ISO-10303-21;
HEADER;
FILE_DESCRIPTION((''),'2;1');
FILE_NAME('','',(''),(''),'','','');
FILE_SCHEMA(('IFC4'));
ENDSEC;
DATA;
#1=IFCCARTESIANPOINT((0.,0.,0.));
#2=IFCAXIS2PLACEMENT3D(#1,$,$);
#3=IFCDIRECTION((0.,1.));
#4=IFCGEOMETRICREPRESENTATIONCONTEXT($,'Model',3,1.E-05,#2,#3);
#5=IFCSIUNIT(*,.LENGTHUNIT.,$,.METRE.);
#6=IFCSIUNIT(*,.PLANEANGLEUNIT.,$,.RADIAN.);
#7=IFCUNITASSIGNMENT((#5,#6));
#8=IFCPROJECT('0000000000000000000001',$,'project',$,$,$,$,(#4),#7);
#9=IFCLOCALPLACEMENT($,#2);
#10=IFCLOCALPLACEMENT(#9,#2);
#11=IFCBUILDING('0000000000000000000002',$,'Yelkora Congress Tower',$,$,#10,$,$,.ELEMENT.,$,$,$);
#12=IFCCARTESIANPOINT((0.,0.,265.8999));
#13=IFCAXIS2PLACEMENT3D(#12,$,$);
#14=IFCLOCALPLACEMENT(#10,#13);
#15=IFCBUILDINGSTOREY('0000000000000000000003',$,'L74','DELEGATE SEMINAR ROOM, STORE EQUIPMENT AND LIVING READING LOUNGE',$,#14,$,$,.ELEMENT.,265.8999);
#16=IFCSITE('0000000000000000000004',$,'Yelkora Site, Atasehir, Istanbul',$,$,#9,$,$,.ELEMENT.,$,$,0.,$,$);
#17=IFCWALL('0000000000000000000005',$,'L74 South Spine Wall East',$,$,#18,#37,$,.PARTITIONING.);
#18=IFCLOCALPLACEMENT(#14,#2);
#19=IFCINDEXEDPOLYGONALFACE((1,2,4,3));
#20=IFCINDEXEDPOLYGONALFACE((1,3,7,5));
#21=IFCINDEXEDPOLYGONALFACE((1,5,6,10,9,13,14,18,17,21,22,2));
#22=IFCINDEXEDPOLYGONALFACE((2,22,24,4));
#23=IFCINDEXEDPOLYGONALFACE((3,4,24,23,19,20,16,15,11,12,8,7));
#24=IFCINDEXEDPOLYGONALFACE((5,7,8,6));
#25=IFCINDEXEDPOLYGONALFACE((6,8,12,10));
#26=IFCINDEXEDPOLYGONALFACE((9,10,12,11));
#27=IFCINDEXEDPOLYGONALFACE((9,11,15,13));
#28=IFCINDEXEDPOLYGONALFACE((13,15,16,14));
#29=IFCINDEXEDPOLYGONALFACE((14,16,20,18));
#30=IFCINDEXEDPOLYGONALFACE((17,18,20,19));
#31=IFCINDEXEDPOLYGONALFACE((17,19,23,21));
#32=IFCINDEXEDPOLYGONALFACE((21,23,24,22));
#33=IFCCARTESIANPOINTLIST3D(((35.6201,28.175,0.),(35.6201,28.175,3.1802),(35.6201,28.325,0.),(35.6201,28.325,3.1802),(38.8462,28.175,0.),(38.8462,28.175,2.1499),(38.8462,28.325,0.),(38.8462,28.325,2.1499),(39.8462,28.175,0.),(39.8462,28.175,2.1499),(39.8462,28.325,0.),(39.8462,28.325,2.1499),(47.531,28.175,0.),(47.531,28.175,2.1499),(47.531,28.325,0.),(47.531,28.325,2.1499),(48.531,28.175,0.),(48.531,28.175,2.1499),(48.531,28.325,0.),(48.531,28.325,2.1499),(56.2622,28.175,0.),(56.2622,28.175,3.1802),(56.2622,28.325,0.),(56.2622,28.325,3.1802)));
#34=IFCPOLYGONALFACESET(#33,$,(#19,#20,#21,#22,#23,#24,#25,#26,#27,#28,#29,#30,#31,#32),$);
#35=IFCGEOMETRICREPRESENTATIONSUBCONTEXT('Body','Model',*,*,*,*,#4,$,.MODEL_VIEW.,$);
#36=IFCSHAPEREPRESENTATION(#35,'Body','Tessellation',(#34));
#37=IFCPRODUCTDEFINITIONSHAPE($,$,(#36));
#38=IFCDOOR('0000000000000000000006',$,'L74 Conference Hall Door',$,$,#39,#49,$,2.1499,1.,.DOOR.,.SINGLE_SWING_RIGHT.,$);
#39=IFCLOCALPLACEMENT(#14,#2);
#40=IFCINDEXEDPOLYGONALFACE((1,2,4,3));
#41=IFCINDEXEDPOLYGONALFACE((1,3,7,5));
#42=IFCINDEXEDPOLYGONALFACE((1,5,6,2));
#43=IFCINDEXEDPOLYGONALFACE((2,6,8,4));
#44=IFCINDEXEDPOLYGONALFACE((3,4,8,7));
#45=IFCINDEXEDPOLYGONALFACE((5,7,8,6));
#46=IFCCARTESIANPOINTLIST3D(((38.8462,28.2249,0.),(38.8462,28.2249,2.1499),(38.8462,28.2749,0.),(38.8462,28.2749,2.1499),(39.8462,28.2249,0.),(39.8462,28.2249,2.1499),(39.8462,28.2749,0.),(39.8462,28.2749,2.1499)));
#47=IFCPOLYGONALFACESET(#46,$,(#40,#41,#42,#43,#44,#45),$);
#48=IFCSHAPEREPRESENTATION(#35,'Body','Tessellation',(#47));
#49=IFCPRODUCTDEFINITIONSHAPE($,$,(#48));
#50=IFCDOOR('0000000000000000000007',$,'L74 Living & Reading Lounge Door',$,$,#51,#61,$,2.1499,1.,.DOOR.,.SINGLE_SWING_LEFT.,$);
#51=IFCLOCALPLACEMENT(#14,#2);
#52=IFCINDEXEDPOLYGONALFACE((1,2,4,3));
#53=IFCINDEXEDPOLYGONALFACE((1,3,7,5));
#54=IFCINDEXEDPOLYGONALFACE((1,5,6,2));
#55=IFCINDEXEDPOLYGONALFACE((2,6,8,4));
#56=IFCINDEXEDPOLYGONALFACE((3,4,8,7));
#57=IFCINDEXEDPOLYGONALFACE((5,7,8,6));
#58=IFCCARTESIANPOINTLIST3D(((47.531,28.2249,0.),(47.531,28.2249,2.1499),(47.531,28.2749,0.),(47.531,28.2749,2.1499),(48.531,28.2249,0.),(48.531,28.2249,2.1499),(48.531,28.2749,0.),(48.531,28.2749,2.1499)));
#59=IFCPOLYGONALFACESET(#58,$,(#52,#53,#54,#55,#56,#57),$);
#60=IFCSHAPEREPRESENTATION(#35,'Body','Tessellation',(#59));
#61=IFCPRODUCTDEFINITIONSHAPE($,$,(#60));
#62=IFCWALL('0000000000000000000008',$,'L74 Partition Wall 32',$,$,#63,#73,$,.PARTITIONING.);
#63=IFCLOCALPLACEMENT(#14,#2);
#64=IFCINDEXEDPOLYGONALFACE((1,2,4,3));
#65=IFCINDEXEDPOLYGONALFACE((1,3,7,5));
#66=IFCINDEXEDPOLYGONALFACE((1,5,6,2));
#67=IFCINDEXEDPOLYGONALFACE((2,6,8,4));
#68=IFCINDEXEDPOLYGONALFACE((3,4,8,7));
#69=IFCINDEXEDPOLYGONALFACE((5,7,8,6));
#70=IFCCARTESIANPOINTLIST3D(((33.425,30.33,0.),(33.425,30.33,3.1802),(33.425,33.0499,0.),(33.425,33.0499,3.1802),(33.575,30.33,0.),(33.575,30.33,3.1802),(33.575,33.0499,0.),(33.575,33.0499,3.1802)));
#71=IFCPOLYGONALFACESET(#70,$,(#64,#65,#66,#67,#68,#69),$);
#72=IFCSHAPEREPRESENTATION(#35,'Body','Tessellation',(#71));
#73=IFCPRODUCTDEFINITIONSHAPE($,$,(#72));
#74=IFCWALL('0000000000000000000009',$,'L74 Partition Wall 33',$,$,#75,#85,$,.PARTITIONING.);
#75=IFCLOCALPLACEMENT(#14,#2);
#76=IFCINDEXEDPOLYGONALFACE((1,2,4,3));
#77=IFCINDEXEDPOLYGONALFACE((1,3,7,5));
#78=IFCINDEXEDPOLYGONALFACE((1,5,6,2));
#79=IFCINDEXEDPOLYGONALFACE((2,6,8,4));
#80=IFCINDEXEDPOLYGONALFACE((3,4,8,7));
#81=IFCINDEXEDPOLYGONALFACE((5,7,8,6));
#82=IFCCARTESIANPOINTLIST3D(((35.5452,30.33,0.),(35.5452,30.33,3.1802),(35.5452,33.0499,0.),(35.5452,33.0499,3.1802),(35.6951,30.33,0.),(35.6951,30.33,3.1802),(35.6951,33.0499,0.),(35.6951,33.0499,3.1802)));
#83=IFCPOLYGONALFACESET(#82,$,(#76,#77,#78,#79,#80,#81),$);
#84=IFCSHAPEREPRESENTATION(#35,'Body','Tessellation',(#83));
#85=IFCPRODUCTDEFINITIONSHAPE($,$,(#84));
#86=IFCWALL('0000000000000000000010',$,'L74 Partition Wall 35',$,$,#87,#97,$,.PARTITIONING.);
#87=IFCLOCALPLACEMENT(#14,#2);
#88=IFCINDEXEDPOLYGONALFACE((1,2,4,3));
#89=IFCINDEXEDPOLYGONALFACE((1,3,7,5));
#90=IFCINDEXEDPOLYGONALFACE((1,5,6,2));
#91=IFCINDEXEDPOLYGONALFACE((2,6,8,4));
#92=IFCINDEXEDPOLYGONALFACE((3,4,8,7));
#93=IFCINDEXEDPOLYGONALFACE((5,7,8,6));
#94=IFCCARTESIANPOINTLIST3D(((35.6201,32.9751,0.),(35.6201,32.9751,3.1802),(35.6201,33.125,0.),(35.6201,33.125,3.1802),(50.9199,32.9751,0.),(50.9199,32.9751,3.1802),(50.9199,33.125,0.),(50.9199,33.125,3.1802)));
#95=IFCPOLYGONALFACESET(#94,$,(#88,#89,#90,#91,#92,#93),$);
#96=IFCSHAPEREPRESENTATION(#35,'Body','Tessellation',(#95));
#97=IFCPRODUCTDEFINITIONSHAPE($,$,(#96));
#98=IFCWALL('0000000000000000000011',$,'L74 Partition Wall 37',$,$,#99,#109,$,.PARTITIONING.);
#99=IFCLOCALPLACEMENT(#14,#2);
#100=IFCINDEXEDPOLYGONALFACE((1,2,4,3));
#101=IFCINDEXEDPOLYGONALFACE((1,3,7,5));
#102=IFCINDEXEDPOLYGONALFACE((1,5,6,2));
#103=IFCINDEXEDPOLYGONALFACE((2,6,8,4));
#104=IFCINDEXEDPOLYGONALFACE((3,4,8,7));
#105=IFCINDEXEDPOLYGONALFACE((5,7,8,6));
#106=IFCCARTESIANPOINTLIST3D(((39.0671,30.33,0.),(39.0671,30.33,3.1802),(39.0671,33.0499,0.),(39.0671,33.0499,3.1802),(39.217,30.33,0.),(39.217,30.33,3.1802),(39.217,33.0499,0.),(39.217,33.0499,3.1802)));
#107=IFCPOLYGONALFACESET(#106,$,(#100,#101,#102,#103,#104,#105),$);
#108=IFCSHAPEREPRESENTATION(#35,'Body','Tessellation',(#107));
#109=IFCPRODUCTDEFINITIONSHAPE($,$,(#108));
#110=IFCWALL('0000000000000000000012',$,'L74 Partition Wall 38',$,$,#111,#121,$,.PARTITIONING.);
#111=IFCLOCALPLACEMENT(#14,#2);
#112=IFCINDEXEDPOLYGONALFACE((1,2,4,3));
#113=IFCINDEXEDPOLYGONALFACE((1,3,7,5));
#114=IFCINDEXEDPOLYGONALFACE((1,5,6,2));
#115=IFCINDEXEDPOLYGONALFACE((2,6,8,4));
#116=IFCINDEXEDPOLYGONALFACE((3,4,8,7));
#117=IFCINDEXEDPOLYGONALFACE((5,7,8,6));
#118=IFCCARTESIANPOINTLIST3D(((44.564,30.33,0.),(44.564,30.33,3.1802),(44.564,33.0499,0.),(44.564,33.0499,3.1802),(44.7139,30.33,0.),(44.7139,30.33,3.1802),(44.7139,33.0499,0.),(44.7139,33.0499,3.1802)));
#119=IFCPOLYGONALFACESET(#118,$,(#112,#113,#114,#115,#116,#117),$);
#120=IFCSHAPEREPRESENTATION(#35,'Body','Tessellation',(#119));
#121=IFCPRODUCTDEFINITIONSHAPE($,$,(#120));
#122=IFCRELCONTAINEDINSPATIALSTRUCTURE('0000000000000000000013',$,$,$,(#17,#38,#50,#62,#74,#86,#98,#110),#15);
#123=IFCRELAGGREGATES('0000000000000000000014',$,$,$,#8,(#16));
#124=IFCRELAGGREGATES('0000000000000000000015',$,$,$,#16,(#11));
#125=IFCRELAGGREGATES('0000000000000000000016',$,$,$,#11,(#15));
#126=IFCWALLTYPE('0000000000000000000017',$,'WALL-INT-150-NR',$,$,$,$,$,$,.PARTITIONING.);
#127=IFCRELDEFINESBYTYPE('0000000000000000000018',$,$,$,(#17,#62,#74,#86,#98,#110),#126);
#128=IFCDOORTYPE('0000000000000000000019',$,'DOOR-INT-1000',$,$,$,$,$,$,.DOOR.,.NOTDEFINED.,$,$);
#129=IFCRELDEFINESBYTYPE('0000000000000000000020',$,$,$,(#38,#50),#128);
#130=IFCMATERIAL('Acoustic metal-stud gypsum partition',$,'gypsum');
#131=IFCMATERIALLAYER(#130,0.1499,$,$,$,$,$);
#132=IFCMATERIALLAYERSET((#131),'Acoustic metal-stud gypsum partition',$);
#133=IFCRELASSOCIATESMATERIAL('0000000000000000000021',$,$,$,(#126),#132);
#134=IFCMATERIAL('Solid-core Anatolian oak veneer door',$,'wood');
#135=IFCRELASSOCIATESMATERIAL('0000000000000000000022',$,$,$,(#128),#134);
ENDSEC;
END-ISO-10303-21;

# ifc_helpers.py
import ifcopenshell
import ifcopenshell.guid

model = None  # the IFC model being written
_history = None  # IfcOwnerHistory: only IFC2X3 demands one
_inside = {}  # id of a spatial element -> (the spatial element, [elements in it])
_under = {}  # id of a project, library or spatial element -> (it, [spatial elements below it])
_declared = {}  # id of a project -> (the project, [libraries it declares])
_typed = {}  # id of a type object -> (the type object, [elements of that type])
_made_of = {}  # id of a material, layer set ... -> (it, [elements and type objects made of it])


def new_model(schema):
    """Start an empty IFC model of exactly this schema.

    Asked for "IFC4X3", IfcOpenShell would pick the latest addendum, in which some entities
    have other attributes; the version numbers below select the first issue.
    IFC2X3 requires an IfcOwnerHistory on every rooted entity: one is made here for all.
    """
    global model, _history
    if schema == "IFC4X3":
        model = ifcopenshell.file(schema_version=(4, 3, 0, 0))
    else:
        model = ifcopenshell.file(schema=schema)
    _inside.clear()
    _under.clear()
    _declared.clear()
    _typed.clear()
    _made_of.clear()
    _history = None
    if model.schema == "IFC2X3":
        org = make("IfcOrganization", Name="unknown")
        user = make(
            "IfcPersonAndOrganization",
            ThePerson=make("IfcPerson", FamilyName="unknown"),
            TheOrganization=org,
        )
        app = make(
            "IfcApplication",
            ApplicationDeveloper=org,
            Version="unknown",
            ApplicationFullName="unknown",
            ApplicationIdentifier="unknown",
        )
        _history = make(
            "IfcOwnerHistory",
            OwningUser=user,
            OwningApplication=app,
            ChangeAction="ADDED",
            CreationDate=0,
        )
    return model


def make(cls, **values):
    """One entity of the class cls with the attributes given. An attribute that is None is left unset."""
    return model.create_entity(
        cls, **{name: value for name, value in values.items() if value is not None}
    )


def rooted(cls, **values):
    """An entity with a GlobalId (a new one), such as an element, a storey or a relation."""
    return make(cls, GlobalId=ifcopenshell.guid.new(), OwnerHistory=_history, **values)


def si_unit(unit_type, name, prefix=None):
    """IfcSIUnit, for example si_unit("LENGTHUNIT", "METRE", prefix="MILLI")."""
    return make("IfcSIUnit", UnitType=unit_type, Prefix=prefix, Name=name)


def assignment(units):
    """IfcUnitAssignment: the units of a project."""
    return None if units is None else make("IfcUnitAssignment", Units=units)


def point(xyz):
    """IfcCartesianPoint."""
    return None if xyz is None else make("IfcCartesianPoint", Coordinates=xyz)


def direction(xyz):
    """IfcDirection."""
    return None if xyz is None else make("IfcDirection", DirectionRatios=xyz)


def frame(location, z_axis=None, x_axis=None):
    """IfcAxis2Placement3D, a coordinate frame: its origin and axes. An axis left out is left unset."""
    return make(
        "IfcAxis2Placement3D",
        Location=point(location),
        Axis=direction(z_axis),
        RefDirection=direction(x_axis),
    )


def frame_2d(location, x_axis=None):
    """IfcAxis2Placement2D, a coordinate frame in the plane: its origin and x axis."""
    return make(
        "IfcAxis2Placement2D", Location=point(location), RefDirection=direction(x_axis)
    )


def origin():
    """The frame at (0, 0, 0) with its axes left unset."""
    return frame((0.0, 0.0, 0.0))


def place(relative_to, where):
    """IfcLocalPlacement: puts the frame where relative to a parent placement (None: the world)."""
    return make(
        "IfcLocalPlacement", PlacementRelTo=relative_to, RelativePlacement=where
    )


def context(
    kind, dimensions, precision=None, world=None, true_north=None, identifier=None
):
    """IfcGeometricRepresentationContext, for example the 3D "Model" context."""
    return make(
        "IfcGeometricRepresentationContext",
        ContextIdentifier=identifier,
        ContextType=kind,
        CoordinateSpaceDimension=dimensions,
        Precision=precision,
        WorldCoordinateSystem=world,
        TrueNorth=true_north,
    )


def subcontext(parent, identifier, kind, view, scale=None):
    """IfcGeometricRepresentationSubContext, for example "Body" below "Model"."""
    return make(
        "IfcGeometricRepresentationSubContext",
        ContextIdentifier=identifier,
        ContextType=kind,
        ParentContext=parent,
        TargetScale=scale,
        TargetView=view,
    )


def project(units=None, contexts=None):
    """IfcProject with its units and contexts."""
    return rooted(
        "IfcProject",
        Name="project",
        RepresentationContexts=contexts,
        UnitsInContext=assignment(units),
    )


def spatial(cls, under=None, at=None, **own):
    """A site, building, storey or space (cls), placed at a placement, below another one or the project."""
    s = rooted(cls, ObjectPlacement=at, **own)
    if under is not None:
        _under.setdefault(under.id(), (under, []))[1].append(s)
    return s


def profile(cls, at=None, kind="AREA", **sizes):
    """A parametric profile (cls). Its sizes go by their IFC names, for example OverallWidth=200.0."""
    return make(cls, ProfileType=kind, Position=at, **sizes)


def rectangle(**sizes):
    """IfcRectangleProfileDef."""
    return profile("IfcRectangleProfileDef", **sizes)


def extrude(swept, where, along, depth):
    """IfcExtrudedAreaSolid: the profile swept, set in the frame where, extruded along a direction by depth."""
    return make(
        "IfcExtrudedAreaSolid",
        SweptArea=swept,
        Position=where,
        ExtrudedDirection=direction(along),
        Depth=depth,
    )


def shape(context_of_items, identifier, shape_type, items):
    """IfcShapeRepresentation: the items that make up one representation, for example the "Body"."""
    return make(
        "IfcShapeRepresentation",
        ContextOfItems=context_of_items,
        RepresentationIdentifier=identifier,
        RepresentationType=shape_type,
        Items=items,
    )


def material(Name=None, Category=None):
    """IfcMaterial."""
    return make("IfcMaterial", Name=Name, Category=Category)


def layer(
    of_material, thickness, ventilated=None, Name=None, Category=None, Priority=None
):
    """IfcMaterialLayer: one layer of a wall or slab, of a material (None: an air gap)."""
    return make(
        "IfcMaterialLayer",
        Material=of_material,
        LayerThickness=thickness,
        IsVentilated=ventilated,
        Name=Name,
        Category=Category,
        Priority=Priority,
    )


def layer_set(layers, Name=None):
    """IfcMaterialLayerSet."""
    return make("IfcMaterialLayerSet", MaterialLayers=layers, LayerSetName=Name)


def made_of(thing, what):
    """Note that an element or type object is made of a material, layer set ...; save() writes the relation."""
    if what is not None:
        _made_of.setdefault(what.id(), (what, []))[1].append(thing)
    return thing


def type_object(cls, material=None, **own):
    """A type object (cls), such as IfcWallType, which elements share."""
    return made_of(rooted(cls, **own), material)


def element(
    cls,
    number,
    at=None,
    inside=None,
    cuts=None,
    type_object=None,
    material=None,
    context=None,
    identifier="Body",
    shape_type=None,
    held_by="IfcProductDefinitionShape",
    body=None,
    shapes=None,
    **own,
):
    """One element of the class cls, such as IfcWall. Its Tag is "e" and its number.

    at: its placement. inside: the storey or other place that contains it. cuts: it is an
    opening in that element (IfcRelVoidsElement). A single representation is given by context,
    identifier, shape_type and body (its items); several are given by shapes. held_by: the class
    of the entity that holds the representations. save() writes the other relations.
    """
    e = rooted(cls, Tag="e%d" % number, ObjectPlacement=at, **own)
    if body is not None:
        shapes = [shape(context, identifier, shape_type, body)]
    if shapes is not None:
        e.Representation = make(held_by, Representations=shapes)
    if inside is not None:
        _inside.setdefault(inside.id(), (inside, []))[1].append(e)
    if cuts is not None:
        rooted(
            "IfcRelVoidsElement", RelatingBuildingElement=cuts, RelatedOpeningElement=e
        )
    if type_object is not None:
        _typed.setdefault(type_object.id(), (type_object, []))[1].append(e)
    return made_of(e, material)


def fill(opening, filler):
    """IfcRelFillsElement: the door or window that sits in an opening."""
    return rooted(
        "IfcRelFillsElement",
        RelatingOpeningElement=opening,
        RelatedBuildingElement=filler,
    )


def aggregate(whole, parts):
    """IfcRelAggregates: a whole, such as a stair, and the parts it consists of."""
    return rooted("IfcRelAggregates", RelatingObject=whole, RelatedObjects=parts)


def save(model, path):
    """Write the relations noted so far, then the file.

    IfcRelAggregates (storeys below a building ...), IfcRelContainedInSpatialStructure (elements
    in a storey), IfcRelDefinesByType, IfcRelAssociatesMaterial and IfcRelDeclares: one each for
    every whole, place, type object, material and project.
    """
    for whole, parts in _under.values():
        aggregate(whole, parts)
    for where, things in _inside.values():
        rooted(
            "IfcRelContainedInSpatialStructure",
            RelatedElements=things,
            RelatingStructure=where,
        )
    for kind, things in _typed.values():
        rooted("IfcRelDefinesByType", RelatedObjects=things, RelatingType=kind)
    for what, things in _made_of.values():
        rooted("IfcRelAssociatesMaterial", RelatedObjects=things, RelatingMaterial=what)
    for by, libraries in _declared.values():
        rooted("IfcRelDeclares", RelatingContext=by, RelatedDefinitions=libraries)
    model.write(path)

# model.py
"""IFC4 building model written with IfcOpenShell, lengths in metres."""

from ifc_helpers import new_model, si_unit, direction, frame, frame_2d, origin, place, context, subcontext, project, spatial, rectangle, extrude, material, layer, layer_set, type_object, element, fill, save


model = new_model("IFC4")

# Units and contexts
model_context = context("Model", 3, precision=1e-05, world=origin(), true_north=direction((0.0, 1.0)))
body_context = subcontext(model_context, "Body", "Model", "MODEL_VIEW")
ifc_project = project(units=[si_unit("LENGTHUNIT", "METRE"), si_unit("PLANEANGLEUNIT", "RADIAN")], contexts=[model_context])

# Site, building, storey
site_placement = place(None, origin())
site = spatial("IfcSite", under=ifc_project, at=site_placement, Name="Yelkora Site, Atasehir, Istanbul", CompositionType="ELEMENT", RefElevation=0.0)
building_placement = place(site_placement, origin())
building = spatial("IfcBuilding", under=site, at=building_placement, Name="Yelkora Congress Tower", CompositionType="ELEMENT")
storey_placement = place(building_placement, frame((0.0, 0.0, 265.8999)))
storey = spatial("IfcBuildingStorey", under=building, at=storey_placement, Name="L74", Description="DELEGATE SEMINAR ROOM, STORE EQUIPMENT AND LIVING READING LOUNGE", CompositionType="ELEMENT", Elevation=265.8999)

# Wall, openings, doors
ifc_material_1 = material(Name="Acoustic metal-stud gypsum partition", Category="gypsum")
ifc_layer_1 = layer(ifc_material_1, 0.1499)
ifc_layer_set_1 = layer_set([ifc_layer_1], Name="Acoustic metal-stud gypsum partition")
wall_type_1 = type_object("IfcWallType", Name="WALL-INT-150-NR", PredefinedType="PARTITIONING", material=ifc_layer_set_1)
wall_1_placement = place(storey_placement, frame((35.6201, 28.25, 0.0), z_axis=(0.0, 0.0, 1.0), x_axis=(1.0, 0.0, 0.0)))
wall_1 = element("IfcWall", 1, at=wall_1_placement, inside=storey, type_object=wall_type_1, Name="L74 South Spine Wall East", PredefinedType="PARTITIONING", context=body_context, shape_type="SweptSolid", body=[
    extrude(rectangle(XDim=20.6421, YDim=0.1499, at=frame_2d((10.321, 0.0))), origin(), (0.0, 0.0, 1.0), 3.1802),
])
opening_1_placement = place(wall_1_placement, frame((3.2261, 0.0, 0.0)))
opening_1 = element("IfcOpeningElement", 2, at=opening_1_placement, cuts=wall_1, PredefinedType="OPENING", context=body_context, shape_type="SweptSolid", body=[
    extrude(rectangle(XDim=1.0, YDim=2.1499, at=frame_2d((0.5, 1.075))), frame((0.0, 0.085, 0.0), z_axis=(0.0, -1.0, 0.0), x_axis=(1.0, 0.0, 0.0)), (0.0, 0.0, 1.0), 0.1699),
])
opening_2_placement = place(wall_1_placement, frame((11.9109, 0.0, 0.0)))
opening_2 = element("IfcOpeningElement", 3, at=opening_2_placement, cuts=wall_1, PredefinedType="OPENING", context=body_context, shape_type="SweptSolid", body=[
    extrude(rectangle(XDim=1.0, YDim=2.1499, at=frame_2d((0.5, 1.075))), frame((0.0, 0.085, 0.0), z_axis=(0.0, -1.0, 0.0), x_axis=(1.0, 0.0, 0.0)), (0.0, 0.0, 1.0), 0.1699),
])
ifc_material_2 = material(Name="Solid-core Anatolian oak veneer door", Category="wood")
door_type_1 = type_object("IfcDoorType", Name="DOOR-INT-1000", OperationType="NOTDEFINED", PredefinedType="DOOR", material=ifc_material_2)
door_1_placement = place(opening_1_placement, origin())
door_1 = element("IfcDoor", 4, at=door_1_placement, inside=storey, type_object=door_type_1, Name="L74 Conference Hall Door", OperationType="SINGLE_SWING_RIGHT", OverallHeight=2.1499, OverallWidth=1.0, PredefinedType="DOOR", context=body_context, shape_type="SweptSolid", body=[
    extrude(rectangle(XDim=1.0, YDim=2.1499, at=frame_2d((0.5, 1.075))), frame((0.0, 0.0249, 0.0), z_axis=(0.0, -1.0, 0.0), x_axis=(1.0, 0.0, 0.0)), (0.0, 0.0, 1.0), 0.05),
])
fill(opening_1, door_1)
door_2_placement = place(opening_2_placement, origin())
door_2 = element("IfcDoor", 5, at=door_2_placement, inside=storey, type_object=door_type_1, Name="L74 Living & Reading Lounge Door", OperationType="SINGLE_SWING_LEFT", OverallHeight=2.1499, OverallWidth=1.0, PredefinedType="DOOR", context=body_context, shape_type="SweptSolid", body=[
    extrude(rectangle(XDim=1.0, YDim=2.1499, at=frame_2d((0.5, 1.075))), frame((0.0, 0.0249, 0.0), z_axis=(0.0, -1.0, 0.0), x_axis=(1.0, 0.0, 0.0)), (0.0, 0.0, 1.0), 0.05),
])
fill(opening_2, door_2)

# Walls
for number, where, z_axis, x_axis, name in (
    (6, (33.5, 30.3301, 0.0), (0.0, 0.0, 1.0), (0.0, 1.0, 0.0), "L74 Partition Wall 32"),
    (7, (35.6201, 30.3301, 0.0), (0.0, 0.0, 1.0), (0.0, 1.0, 0.0), "L74 Partition Wall 33"),
):
    element("IfcWall", number, at=place(storey_placement, frame(where, z_axis=z_axis, x_axis=x_axis)), inside=storey, type_object=wall_type_1, Name=name, PredefinedType="PARTITIONING", context=body_context, shape_type="SweptSolid", body=[
        extrude(rectangle(XDim=2.72, YDim=0.1499, at=frame_2d((1.3599, 0.0))), origin(), (0.0, 0.0, 1.0), 3.1802),
    ])
wall_2_placement = place(storey_placement, frame((35.6201, 33.05, 0.0), z_axis=(0.0, 0.0, 1.0), x_axis=(1.0, 0.0, 0.0)))
element("IfcWall", 8, at=wall_2_placement, inside=storey, type_object=wall_type_1, Name="L74 Partition Wall 35", PredefinedType="PARTITIONING", context=body_context, shape_type="SweptSolid", body=[
    extrude(rectangle(XDim=15.2998, YDim=0.1499, at=frame_2d((7.6499, 0.0))), origin(), (0.0, 0.0, 1.0), 3.1802),
])
for number, where, z_axis, x_axis, name in (
    (9, (39.1421, 30.3301, 0.0), (0.0, 0.0, 1.0), (0.0, 1.0, 0.0), "L74 Partition Wall 37"),
    (10, (44.6389, 30.3301, 0.0), (0.0, 0.0, 1.0), (0.0, 1.0, 0.0), "L74 Partition Wall 38"),
):
    element("IfcWall", number, at=place(storey_placement, frame(where, z_axis=z_axis, x_axis=x_axis)), inside=storey, type_object=wall_type_1, Name=name, PredefinedType="PARTITIONING", context=body_context, shape_type="SweptSolid", body=[
        extrude(rectangle(XDim=2.72, YDim=0.1499, at=frame_2d((1.3599, 0.0))), origin(), (0.0, 0.0, 1.0), 3.1802),
    ])

save(model, "model.ifc")
